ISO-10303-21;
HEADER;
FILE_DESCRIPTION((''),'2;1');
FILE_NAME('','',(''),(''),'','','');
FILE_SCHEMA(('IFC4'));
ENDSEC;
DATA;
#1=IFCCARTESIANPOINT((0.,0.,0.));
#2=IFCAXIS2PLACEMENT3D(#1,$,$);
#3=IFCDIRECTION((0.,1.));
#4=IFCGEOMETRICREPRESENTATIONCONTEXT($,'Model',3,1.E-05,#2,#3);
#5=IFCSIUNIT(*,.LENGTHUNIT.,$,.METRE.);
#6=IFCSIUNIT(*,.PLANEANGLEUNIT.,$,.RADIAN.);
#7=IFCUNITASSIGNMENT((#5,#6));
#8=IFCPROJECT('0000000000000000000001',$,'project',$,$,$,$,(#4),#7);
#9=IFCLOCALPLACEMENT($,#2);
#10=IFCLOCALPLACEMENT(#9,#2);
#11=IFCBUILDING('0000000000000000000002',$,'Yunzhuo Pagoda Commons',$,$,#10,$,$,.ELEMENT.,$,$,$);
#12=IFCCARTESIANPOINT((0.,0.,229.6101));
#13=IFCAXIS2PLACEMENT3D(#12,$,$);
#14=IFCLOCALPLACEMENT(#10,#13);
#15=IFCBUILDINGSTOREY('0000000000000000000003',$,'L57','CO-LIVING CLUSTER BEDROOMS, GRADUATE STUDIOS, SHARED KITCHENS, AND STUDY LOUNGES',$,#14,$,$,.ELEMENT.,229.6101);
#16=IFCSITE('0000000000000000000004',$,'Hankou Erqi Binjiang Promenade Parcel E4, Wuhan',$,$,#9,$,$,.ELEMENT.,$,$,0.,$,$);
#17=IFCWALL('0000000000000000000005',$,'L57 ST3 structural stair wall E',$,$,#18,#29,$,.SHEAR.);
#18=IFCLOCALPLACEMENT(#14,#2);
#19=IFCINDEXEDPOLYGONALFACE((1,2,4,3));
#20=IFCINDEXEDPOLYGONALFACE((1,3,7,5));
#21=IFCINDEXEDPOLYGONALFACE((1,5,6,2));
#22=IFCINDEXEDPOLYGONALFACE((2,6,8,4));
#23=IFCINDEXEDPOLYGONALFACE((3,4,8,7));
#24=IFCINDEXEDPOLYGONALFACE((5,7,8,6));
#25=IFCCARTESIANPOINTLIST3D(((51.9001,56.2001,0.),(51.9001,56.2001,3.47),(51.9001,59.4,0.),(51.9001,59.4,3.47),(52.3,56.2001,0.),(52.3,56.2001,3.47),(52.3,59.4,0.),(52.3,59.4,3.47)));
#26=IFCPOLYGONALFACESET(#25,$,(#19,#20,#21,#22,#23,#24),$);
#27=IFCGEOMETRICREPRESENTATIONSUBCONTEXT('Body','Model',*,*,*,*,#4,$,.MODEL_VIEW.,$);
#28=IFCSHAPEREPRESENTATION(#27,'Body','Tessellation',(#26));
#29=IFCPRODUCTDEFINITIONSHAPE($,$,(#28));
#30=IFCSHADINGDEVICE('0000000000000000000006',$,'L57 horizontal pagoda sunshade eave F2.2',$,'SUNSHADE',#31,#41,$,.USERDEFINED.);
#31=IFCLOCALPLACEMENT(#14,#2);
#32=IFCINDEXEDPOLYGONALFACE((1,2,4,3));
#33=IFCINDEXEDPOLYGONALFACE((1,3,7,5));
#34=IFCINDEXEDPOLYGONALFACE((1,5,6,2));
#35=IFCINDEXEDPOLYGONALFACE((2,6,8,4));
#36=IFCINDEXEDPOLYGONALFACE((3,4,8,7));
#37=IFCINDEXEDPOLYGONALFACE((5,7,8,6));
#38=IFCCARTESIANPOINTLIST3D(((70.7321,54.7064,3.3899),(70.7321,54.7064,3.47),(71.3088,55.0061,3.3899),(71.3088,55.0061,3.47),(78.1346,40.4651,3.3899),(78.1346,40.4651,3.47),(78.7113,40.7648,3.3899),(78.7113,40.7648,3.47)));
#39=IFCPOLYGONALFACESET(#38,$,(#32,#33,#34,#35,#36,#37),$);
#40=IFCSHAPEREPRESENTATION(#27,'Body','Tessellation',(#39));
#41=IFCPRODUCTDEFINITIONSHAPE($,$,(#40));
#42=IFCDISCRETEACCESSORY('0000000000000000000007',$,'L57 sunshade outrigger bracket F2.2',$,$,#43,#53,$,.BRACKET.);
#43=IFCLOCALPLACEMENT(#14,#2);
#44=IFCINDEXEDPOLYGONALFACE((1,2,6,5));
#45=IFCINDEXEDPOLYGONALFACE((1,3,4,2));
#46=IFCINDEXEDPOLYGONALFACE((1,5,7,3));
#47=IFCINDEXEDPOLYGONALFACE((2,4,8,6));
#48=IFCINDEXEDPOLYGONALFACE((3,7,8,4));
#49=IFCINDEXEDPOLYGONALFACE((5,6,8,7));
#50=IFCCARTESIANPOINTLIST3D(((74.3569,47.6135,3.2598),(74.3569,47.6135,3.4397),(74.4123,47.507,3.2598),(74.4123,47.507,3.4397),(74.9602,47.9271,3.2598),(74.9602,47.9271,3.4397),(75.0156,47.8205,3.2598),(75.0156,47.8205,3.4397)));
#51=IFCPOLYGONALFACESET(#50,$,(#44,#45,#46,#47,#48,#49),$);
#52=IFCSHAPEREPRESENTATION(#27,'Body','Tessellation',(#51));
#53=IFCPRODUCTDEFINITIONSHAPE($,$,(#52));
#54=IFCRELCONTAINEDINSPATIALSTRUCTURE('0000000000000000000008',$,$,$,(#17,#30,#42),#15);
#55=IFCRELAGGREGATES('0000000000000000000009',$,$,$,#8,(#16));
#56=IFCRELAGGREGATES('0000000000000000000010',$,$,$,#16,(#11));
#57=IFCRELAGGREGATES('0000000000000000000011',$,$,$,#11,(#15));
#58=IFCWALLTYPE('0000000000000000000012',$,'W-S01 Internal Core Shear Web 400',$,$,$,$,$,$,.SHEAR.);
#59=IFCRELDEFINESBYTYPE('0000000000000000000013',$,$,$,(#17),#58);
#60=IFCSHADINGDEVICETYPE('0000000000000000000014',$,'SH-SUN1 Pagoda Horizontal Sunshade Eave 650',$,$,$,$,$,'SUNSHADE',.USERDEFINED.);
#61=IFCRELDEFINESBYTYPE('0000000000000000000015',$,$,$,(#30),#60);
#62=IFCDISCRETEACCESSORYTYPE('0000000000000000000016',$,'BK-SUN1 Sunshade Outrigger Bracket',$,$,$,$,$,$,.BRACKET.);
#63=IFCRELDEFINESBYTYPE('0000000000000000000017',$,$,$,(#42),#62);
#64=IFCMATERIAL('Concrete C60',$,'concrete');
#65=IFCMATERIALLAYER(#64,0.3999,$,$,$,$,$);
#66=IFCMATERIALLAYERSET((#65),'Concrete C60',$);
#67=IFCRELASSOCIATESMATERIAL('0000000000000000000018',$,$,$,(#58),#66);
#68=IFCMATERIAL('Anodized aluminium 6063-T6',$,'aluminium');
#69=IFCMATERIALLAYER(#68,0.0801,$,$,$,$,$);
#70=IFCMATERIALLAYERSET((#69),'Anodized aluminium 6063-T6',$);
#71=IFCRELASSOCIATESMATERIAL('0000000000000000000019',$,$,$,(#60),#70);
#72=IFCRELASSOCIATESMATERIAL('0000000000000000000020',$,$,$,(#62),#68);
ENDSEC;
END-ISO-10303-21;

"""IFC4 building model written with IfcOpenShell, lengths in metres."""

from ifc_helpers import new_model, si_unit, direction, frame, frame_2d, origin, origin_2d, place, context, subcontext, project, spatial, rectangle, extrude, source, transform, mapped, material, layer, layer_set, type_object, element, save


model = new_model("IFC4")

# Units and contexts
model_context = context("Model", 3, precision=1e-05, world=origin(), true_north=direction((0.0, 1.0)))
body_context = subcontext(model_context, "Body", "Model", "MODEL_VIEW")
ifc_project = project(units=[si_unit("LENGTHUNIT", "METRE"), si_unit("PLANEANGLEUNIT", "RADIAN")], contexts=[model_context])

# Site, building, storey
site_placement = place(None, origin())
site = spatial("IfcSite", under=ifc_project, at=site_placement, Name="Hankou Erqi Binjiang Promenade Parcel E4, Wuhan", CompositionType="ELEMENT", RefElevation=0.0)
building_placement = place(site_placement, origin())
building = spatial("IfcBuilding", under=site, at=building_placement, Name="Yunzhuo Pagoda Commons", CompositionType="ELEMENT")
storey_placement = place(building_placement, frame((0.0, 0.0, 229.6101)))
storey = spatial("IfcBuildingStorey", under=building, at=storey_placement, Name="L57", Description="CO-LIVING CLUSTER BEDROOMS, GRADUATE STUDIOS, SHARED KITCHENS, AND STUDY LOUNGES", CompositionType="ELEMENT", Elevation=229.6101)

# Shared definitions
ifc_material_1 = material(Name="Anodized aluminium 6063-T6", Category="aluminium")

# Wall
ifc_material_2 = material(Name="Concrete C60", Category="concrete")
ifc_layer_1 = layer(ifc_material_2, 0.3999)
ifc_layer_set_1 = layer_set([ifc_layer_1], Name="Concrete C60")
wall_type_1 = type_object("IfcWallType", Name="W-S01 Internal Core Shear Web 400", PredefinedType="SHEAR", material=ifc_layer_set_1)
wall_1_placement = place(storey_placement, frame((52.1001, 56.2, 0.0), z_axis=(0.0, 0.0, 1.0), x_axis=(0.0, 1.0, 0.0)))
element("IfcWall", 1, at=wall_1_placement, inside=storey, type_object=wall_type_1, Name="L57 ST3 structural stair wall E", PredefinedType="SHEAR", context=body_context, shape_type="SweptSolid", body=[
    extrude(rectangle(XDim=3.2, YDim=0.3999, at=frame_2d((1.6001, 0.0))), origin(), (0.0, 0.0, 1.0), 3.47),
])

# Shading device
ifc_layer_2 = layer(ifc_material_1, 0.0801)
ifc_layer_set_2 = layer_set([ifc_layer_2], Name="Anodized aluminium 6063-T6")
shading_device_type = type_object("IfcShadingDeviceType", Name="SH-SUN1 Pagoda Horizontal Sunshade Eave 650", ElementType="SUNSHADE", PredefinedType="USERDEFINED", material=ifc_layer_set_2)
shared_shape_1 = source(origin(), body_context, "Body", "SweptSolid", [
    extrude(rectangle(XDim=16.0503, YDim=0.6499, at=origin_2d()), origin(), (0.0, 0.0, 1.0), 0.0801),
])
shading_device_placement = place(storey_placement, frame((74.7217, 47.7356, 3.3899), z_axis=(0.0, 0.0, 1.0), x_axis=(-0.461207, 0.887293, 0.0)))
element("IfcShadingDevice", 2, at=shading_device_placement, inside=storey, type_object=shading_device_type, Name="L57 horizontal pagoda sunshade eave F2.2", ObjectType="SUNSHADE", PredefinedType="USERDEFINED", context=body_context, shape_type="MappedRepresentation", body=[
    mapped(shared_shape_1, transform((0.0, 0.0, 0.0), scale=1.0)),
])

# Discrete accessory
discrete_accessory_type = type_object("IfcDiscreteAccessoryType", Name="BK-SUN1 Sunshade Outrigger Bracket", PredefinedType="BRACKET", material=ifc_material_1)
shared_shape_2 = source(origin(), body_context, "Body", "SweptSolid", [
    extrude(rectangle(XDim=0.1201, YDim=0.6799, at=origin_2d()), origin(), (0.0, 0.0, 1.0), 0.1799),
])
discrete_accessory_placement = place(storey_placement, frame((74.6863, 47.717, 3.2598), z_axis=(0.0, 0.0, 1.0), x_axis=(-0.461207, 0.887293, 0.0)))
element("IfcDiscreteAccessory", 3, at=discrete_accessory_placement, inside=storey, type_object=discrete_accessory_type, Name="L57 sunshade outrigger bracket F2.2", PredefinedType="BRACKET", context=body_context, shape_type="MappedRepresentation", body=[
    mapped(shared_shape_2, transform((0.0, 0.0, 0.0), scale=1.0)),
])

save(model, "model.ifc")
